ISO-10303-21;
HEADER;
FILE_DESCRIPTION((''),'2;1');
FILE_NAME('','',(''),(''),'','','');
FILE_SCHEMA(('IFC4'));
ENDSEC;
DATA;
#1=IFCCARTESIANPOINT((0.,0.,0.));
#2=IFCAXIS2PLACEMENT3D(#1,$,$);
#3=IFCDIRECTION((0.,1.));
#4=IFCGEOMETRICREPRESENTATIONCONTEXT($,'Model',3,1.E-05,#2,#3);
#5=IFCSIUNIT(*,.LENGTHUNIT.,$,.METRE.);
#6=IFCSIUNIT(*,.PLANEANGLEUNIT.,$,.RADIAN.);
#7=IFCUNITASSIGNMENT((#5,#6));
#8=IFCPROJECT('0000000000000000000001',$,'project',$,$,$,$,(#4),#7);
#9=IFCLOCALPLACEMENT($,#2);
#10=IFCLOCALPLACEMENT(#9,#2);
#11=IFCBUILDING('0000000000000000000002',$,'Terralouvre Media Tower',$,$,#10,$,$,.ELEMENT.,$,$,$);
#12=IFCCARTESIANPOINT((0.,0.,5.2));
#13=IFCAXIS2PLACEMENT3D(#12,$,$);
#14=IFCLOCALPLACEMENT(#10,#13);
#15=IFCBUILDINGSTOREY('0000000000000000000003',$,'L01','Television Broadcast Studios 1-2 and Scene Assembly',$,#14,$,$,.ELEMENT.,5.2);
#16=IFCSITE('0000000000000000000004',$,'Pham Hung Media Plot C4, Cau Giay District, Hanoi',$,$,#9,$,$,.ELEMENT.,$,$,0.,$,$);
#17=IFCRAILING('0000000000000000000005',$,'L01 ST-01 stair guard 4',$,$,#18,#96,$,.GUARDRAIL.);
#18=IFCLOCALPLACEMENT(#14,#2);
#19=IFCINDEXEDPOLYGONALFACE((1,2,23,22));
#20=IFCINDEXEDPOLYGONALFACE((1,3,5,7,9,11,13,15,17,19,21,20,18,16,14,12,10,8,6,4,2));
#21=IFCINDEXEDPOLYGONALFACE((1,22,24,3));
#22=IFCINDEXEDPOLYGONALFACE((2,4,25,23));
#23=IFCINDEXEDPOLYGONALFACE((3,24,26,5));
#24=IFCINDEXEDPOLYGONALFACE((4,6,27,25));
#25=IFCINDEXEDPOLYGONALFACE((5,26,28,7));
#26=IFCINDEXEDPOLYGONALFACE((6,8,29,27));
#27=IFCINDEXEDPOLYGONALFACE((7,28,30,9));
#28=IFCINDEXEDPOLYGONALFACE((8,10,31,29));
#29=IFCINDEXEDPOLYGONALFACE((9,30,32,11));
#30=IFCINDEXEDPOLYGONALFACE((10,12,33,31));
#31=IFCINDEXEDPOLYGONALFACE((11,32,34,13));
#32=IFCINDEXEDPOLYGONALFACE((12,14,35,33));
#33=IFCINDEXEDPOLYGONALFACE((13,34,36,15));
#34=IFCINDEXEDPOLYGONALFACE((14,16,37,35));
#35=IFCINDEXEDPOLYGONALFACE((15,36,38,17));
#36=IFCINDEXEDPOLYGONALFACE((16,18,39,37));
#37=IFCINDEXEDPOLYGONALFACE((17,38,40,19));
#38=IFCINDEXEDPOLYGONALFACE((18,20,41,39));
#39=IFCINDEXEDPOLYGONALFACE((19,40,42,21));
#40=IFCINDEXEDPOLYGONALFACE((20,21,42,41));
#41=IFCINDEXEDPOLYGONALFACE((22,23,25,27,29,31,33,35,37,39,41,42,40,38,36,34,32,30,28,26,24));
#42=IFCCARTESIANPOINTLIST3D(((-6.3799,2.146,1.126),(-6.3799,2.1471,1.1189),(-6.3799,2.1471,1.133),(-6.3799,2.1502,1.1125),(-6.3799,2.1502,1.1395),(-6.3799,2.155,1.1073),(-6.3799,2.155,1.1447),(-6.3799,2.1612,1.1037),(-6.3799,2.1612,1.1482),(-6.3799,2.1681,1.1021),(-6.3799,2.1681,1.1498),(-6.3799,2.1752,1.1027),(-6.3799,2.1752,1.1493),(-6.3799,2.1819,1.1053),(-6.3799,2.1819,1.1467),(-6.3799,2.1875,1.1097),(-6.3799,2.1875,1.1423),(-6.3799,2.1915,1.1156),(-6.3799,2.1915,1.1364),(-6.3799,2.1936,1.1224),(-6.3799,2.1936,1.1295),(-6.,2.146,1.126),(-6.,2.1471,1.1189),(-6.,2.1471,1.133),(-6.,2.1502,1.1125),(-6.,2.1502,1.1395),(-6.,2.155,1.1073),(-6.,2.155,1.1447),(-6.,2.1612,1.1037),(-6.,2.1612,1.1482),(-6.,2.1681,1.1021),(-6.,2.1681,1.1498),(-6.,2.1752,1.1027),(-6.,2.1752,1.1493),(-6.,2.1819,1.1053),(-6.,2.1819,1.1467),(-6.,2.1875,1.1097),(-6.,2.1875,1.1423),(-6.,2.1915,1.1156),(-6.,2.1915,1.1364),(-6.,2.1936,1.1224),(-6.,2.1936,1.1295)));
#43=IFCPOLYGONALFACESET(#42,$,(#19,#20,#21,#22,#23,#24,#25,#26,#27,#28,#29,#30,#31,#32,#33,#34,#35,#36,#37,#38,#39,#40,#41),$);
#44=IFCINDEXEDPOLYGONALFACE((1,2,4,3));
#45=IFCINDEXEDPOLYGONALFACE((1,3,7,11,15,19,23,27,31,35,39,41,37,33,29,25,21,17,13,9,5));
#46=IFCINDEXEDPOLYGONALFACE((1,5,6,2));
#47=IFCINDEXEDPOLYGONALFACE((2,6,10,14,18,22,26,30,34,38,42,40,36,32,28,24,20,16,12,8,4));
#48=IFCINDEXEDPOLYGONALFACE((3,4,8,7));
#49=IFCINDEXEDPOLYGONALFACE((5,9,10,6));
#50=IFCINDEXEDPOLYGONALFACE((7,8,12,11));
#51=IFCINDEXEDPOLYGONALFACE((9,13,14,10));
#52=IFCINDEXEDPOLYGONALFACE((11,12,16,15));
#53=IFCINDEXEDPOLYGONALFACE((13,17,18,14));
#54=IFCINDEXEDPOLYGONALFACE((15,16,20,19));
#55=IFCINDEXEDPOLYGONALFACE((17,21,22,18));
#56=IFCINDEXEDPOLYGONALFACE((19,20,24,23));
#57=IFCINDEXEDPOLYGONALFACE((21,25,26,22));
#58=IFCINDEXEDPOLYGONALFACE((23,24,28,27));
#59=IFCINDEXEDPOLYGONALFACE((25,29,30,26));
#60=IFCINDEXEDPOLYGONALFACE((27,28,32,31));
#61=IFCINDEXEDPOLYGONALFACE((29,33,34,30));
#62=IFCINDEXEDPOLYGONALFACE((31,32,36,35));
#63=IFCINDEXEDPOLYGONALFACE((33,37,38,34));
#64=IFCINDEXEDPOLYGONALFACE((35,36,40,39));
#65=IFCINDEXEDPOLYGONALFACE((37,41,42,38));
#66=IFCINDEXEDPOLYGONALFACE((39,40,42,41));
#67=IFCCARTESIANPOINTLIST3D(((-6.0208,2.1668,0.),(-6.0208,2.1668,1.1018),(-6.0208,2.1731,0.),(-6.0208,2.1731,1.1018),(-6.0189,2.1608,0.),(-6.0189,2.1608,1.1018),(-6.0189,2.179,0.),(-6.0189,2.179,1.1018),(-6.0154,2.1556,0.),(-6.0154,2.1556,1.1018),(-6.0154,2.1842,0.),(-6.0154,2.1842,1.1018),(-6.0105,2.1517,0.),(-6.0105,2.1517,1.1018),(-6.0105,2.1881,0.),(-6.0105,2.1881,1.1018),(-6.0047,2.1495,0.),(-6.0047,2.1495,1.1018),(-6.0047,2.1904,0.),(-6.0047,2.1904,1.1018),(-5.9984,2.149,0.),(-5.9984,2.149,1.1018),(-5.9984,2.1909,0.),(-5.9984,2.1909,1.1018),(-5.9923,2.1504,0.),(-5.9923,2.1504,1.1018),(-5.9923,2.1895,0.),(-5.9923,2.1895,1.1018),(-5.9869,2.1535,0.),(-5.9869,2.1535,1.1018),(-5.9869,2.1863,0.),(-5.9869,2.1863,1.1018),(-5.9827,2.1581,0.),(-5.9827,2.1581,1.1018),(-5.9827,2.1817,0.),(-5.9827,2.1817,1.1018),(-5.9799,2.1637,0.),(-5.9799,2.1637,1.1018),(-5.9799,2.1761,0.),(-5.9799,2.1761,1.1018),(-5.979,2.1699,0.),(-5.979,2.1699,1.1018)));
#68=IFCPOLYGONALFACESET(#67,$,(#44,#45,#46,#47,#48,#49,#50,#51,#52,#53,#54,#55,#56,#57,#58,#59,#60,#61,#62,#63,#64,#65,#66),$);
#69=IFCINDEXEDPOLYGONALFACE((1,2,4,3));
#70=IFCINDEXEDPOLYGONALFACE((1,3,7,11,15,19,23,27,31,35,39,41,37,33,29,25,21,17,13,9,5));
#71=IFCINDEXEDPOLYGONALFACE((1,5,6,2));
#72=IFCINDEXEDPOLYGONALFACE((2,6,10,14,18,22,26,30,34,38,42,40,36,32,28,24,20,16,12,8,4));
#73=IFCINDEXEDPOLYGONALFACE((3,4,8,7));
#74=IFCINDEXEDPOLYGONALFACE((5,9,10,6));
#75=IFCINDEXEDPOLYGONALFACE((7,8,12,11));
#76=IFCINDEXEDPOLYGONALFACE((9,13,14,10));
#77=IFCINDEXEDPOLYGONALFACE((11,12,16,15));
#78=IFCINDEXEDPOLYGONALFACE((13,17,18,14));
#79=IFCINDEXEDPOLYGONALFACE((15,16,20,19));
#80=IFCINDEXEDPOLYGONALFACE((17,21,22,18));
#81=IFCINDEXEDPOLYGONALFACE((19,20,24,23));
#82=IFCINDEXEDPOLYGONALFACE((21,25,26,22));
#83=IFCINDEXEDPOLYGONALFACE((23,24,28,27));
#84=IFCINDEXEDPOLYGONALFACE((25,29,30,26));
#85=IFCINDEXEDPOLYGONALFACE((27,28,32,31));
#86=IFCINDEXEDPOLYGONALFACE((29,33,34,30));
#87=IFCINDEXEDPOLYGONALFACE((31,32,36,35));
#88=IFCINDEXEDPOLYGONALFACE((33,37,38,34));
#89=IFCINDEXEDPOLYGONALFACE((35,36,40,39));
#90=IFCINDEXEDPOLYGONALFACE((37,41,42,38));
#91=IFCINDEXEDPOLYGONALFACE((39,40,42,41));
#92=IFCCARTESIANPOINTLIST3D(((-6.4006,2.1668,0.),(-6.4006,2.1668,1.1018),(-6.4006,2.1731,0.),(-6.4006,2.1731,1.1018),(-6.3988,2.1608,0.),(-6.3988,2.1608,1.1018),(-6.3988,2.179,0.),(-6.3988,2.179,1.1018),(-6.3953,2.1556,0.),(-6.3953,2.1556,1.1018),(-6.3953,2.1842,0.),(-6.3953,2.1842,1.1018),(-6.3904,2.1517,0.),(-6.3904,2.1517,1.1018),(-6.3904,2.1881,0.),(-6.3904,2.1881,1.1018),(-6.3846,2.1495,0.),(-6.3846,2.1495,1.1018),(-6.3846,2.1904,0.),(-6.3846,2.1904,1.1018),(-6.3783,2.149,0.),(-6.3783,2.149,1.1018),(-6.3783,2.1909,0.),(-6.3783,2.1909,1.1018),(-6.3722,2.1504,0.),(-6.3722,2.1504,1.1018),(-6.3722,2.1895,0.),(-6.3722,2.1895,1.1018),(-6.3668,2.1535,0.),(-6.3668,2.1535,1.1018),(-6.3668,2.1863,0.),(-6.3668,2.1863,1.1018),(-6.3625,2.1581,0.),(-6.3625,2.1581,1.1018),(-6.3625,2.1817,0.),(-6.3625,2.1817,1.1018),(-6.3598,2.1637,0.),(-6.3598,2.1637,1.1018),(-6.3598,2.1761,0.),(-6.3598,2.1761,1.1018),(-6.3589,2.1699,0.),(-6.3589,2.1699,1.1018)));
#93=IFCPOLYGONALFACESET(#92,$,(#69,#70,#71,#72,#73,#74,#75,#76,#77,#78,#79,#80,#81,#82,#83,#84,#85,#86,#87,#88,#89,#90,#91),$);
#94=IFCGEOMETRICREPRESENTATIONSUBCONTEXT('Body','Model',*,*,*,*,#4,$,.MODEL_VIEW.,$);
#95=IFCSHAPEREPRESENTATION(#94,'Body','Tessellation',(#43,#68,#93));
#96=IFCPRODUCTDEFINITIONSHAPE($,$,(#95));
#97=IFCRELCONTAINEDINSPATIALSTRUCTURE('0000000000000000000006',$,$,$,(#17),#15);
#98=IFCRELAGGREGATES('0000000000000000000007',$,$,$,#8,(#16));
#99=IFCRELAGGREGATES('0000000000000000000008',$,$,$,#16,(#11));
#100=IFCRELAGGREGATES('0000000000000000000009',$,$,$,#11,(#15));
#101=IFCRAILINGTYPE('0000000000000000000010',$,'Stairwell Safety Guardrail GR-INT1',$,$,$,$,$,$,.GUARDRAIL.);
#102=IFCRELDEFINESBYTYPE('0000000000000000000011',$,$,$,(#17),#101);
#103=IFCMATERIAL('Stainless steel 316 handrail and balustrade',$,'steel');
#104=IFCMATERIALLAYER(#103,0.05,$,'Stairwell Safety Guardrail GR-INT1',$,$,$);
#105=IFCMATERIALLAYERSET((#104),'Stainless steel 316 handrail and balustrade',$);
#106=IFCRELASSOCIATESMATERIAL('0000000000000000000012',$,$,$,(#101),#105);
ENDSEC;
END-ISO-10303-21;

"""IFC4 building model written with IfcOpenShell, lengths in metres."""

from ifc_helpers import new_model, si_unit, direction, frame, origin, origin_2d, place, context, subcontext, project, spatial, circle, extrude, material, layer, layer_set, type_object, element, save


model = new_model("IFC4")

# Units and contexts
model_context = context("Model", 3, precision=1e-05, world=origin(), true_north=direction((0.0, 1.0)))
body_context = subcontext(model_context, "Body", "Model", "MODEL_VIEW")
ifc_project = project(units=[si_unit("LENGTHUNIT", "METRE"), si_unit("PLANEANGLEUNIT", "RADIAN")], contexts=[model_context])

# Site, building, storey
site_placement = place(None, origin())
site = spatial("IfcSite", under=ifc_project, at=site_placement, Name="Pham Hung Media Plot C4, Cau Giay District, Hanoi", CompositionType="ELEMENT", RefElevation=0.0)
building_placement = place(site_placement, origin())
building = spatial("IfcBuilding", under=site, at=building_placement, Name="Terralouvre Media Tower", CompositionType="ELEMENT")
storey_placement = place(building_placement, frame((0.0, 0.0, 5.2)))
storey = spatial("IfcBuildingStorey", under=building, at=storey_placement, Name="L01", Description="Television Broadcast Studios 1-2 and Scene Assembly", CompositionType="ELEMENT", Elevation=5.2)

# Railing
ifc_material_1 = material(Name="Stainless steel 316 handrail and balustrade", Category="steel")
ifc_layer_1 = layer(ifc_material_1, 0.05, Name="Stairwell Safety Guardrail GR-INT1")
ifc_layer_set_1 = layer_set([ifc_layer_1], Name="Stainless steel 316 handrail and balustrade")
railing_type_1 = type_object("IfcRailingType", Name="Stairwell Safety Guardrail GR-INT1", PredefinedType="GUARDRAIL", material=ifc_layer_set_1)
railing_1_placement = place(storey_placement, frame((-6.0, 2.1699, 0.0)))
element("IfcRailing", 1, at=railing_1_placement, inside=storey, type_object=railing_type_1, Name="L01 ST-01 stair guard 4", PredefinedType="GUARDRAIL", context=body_context, shape_type="SweptSolid", body=[
    extrude(circle(Radius=0.0239, at=origin_2d()), frame((0.0, 0.0, 1.126), z_axis=(-1.0, 0.0, 0.0), x_axis=(0.0, -1.0, 0.0)), (0.0, 0.0, 1.0), 0.3799),
    extrude(circle(Radius=0.021, at=origin_2d()), origin(), (0.0, 0.0, 1.0), 1.1018),
    extrude(circle(Radius=0.021, at=origin_2d()), frame((-0.3799, 0.0, 0.0)), (0.0, 0.0, 1.0), 1.1018),
])

save(model, "model.ifc")
